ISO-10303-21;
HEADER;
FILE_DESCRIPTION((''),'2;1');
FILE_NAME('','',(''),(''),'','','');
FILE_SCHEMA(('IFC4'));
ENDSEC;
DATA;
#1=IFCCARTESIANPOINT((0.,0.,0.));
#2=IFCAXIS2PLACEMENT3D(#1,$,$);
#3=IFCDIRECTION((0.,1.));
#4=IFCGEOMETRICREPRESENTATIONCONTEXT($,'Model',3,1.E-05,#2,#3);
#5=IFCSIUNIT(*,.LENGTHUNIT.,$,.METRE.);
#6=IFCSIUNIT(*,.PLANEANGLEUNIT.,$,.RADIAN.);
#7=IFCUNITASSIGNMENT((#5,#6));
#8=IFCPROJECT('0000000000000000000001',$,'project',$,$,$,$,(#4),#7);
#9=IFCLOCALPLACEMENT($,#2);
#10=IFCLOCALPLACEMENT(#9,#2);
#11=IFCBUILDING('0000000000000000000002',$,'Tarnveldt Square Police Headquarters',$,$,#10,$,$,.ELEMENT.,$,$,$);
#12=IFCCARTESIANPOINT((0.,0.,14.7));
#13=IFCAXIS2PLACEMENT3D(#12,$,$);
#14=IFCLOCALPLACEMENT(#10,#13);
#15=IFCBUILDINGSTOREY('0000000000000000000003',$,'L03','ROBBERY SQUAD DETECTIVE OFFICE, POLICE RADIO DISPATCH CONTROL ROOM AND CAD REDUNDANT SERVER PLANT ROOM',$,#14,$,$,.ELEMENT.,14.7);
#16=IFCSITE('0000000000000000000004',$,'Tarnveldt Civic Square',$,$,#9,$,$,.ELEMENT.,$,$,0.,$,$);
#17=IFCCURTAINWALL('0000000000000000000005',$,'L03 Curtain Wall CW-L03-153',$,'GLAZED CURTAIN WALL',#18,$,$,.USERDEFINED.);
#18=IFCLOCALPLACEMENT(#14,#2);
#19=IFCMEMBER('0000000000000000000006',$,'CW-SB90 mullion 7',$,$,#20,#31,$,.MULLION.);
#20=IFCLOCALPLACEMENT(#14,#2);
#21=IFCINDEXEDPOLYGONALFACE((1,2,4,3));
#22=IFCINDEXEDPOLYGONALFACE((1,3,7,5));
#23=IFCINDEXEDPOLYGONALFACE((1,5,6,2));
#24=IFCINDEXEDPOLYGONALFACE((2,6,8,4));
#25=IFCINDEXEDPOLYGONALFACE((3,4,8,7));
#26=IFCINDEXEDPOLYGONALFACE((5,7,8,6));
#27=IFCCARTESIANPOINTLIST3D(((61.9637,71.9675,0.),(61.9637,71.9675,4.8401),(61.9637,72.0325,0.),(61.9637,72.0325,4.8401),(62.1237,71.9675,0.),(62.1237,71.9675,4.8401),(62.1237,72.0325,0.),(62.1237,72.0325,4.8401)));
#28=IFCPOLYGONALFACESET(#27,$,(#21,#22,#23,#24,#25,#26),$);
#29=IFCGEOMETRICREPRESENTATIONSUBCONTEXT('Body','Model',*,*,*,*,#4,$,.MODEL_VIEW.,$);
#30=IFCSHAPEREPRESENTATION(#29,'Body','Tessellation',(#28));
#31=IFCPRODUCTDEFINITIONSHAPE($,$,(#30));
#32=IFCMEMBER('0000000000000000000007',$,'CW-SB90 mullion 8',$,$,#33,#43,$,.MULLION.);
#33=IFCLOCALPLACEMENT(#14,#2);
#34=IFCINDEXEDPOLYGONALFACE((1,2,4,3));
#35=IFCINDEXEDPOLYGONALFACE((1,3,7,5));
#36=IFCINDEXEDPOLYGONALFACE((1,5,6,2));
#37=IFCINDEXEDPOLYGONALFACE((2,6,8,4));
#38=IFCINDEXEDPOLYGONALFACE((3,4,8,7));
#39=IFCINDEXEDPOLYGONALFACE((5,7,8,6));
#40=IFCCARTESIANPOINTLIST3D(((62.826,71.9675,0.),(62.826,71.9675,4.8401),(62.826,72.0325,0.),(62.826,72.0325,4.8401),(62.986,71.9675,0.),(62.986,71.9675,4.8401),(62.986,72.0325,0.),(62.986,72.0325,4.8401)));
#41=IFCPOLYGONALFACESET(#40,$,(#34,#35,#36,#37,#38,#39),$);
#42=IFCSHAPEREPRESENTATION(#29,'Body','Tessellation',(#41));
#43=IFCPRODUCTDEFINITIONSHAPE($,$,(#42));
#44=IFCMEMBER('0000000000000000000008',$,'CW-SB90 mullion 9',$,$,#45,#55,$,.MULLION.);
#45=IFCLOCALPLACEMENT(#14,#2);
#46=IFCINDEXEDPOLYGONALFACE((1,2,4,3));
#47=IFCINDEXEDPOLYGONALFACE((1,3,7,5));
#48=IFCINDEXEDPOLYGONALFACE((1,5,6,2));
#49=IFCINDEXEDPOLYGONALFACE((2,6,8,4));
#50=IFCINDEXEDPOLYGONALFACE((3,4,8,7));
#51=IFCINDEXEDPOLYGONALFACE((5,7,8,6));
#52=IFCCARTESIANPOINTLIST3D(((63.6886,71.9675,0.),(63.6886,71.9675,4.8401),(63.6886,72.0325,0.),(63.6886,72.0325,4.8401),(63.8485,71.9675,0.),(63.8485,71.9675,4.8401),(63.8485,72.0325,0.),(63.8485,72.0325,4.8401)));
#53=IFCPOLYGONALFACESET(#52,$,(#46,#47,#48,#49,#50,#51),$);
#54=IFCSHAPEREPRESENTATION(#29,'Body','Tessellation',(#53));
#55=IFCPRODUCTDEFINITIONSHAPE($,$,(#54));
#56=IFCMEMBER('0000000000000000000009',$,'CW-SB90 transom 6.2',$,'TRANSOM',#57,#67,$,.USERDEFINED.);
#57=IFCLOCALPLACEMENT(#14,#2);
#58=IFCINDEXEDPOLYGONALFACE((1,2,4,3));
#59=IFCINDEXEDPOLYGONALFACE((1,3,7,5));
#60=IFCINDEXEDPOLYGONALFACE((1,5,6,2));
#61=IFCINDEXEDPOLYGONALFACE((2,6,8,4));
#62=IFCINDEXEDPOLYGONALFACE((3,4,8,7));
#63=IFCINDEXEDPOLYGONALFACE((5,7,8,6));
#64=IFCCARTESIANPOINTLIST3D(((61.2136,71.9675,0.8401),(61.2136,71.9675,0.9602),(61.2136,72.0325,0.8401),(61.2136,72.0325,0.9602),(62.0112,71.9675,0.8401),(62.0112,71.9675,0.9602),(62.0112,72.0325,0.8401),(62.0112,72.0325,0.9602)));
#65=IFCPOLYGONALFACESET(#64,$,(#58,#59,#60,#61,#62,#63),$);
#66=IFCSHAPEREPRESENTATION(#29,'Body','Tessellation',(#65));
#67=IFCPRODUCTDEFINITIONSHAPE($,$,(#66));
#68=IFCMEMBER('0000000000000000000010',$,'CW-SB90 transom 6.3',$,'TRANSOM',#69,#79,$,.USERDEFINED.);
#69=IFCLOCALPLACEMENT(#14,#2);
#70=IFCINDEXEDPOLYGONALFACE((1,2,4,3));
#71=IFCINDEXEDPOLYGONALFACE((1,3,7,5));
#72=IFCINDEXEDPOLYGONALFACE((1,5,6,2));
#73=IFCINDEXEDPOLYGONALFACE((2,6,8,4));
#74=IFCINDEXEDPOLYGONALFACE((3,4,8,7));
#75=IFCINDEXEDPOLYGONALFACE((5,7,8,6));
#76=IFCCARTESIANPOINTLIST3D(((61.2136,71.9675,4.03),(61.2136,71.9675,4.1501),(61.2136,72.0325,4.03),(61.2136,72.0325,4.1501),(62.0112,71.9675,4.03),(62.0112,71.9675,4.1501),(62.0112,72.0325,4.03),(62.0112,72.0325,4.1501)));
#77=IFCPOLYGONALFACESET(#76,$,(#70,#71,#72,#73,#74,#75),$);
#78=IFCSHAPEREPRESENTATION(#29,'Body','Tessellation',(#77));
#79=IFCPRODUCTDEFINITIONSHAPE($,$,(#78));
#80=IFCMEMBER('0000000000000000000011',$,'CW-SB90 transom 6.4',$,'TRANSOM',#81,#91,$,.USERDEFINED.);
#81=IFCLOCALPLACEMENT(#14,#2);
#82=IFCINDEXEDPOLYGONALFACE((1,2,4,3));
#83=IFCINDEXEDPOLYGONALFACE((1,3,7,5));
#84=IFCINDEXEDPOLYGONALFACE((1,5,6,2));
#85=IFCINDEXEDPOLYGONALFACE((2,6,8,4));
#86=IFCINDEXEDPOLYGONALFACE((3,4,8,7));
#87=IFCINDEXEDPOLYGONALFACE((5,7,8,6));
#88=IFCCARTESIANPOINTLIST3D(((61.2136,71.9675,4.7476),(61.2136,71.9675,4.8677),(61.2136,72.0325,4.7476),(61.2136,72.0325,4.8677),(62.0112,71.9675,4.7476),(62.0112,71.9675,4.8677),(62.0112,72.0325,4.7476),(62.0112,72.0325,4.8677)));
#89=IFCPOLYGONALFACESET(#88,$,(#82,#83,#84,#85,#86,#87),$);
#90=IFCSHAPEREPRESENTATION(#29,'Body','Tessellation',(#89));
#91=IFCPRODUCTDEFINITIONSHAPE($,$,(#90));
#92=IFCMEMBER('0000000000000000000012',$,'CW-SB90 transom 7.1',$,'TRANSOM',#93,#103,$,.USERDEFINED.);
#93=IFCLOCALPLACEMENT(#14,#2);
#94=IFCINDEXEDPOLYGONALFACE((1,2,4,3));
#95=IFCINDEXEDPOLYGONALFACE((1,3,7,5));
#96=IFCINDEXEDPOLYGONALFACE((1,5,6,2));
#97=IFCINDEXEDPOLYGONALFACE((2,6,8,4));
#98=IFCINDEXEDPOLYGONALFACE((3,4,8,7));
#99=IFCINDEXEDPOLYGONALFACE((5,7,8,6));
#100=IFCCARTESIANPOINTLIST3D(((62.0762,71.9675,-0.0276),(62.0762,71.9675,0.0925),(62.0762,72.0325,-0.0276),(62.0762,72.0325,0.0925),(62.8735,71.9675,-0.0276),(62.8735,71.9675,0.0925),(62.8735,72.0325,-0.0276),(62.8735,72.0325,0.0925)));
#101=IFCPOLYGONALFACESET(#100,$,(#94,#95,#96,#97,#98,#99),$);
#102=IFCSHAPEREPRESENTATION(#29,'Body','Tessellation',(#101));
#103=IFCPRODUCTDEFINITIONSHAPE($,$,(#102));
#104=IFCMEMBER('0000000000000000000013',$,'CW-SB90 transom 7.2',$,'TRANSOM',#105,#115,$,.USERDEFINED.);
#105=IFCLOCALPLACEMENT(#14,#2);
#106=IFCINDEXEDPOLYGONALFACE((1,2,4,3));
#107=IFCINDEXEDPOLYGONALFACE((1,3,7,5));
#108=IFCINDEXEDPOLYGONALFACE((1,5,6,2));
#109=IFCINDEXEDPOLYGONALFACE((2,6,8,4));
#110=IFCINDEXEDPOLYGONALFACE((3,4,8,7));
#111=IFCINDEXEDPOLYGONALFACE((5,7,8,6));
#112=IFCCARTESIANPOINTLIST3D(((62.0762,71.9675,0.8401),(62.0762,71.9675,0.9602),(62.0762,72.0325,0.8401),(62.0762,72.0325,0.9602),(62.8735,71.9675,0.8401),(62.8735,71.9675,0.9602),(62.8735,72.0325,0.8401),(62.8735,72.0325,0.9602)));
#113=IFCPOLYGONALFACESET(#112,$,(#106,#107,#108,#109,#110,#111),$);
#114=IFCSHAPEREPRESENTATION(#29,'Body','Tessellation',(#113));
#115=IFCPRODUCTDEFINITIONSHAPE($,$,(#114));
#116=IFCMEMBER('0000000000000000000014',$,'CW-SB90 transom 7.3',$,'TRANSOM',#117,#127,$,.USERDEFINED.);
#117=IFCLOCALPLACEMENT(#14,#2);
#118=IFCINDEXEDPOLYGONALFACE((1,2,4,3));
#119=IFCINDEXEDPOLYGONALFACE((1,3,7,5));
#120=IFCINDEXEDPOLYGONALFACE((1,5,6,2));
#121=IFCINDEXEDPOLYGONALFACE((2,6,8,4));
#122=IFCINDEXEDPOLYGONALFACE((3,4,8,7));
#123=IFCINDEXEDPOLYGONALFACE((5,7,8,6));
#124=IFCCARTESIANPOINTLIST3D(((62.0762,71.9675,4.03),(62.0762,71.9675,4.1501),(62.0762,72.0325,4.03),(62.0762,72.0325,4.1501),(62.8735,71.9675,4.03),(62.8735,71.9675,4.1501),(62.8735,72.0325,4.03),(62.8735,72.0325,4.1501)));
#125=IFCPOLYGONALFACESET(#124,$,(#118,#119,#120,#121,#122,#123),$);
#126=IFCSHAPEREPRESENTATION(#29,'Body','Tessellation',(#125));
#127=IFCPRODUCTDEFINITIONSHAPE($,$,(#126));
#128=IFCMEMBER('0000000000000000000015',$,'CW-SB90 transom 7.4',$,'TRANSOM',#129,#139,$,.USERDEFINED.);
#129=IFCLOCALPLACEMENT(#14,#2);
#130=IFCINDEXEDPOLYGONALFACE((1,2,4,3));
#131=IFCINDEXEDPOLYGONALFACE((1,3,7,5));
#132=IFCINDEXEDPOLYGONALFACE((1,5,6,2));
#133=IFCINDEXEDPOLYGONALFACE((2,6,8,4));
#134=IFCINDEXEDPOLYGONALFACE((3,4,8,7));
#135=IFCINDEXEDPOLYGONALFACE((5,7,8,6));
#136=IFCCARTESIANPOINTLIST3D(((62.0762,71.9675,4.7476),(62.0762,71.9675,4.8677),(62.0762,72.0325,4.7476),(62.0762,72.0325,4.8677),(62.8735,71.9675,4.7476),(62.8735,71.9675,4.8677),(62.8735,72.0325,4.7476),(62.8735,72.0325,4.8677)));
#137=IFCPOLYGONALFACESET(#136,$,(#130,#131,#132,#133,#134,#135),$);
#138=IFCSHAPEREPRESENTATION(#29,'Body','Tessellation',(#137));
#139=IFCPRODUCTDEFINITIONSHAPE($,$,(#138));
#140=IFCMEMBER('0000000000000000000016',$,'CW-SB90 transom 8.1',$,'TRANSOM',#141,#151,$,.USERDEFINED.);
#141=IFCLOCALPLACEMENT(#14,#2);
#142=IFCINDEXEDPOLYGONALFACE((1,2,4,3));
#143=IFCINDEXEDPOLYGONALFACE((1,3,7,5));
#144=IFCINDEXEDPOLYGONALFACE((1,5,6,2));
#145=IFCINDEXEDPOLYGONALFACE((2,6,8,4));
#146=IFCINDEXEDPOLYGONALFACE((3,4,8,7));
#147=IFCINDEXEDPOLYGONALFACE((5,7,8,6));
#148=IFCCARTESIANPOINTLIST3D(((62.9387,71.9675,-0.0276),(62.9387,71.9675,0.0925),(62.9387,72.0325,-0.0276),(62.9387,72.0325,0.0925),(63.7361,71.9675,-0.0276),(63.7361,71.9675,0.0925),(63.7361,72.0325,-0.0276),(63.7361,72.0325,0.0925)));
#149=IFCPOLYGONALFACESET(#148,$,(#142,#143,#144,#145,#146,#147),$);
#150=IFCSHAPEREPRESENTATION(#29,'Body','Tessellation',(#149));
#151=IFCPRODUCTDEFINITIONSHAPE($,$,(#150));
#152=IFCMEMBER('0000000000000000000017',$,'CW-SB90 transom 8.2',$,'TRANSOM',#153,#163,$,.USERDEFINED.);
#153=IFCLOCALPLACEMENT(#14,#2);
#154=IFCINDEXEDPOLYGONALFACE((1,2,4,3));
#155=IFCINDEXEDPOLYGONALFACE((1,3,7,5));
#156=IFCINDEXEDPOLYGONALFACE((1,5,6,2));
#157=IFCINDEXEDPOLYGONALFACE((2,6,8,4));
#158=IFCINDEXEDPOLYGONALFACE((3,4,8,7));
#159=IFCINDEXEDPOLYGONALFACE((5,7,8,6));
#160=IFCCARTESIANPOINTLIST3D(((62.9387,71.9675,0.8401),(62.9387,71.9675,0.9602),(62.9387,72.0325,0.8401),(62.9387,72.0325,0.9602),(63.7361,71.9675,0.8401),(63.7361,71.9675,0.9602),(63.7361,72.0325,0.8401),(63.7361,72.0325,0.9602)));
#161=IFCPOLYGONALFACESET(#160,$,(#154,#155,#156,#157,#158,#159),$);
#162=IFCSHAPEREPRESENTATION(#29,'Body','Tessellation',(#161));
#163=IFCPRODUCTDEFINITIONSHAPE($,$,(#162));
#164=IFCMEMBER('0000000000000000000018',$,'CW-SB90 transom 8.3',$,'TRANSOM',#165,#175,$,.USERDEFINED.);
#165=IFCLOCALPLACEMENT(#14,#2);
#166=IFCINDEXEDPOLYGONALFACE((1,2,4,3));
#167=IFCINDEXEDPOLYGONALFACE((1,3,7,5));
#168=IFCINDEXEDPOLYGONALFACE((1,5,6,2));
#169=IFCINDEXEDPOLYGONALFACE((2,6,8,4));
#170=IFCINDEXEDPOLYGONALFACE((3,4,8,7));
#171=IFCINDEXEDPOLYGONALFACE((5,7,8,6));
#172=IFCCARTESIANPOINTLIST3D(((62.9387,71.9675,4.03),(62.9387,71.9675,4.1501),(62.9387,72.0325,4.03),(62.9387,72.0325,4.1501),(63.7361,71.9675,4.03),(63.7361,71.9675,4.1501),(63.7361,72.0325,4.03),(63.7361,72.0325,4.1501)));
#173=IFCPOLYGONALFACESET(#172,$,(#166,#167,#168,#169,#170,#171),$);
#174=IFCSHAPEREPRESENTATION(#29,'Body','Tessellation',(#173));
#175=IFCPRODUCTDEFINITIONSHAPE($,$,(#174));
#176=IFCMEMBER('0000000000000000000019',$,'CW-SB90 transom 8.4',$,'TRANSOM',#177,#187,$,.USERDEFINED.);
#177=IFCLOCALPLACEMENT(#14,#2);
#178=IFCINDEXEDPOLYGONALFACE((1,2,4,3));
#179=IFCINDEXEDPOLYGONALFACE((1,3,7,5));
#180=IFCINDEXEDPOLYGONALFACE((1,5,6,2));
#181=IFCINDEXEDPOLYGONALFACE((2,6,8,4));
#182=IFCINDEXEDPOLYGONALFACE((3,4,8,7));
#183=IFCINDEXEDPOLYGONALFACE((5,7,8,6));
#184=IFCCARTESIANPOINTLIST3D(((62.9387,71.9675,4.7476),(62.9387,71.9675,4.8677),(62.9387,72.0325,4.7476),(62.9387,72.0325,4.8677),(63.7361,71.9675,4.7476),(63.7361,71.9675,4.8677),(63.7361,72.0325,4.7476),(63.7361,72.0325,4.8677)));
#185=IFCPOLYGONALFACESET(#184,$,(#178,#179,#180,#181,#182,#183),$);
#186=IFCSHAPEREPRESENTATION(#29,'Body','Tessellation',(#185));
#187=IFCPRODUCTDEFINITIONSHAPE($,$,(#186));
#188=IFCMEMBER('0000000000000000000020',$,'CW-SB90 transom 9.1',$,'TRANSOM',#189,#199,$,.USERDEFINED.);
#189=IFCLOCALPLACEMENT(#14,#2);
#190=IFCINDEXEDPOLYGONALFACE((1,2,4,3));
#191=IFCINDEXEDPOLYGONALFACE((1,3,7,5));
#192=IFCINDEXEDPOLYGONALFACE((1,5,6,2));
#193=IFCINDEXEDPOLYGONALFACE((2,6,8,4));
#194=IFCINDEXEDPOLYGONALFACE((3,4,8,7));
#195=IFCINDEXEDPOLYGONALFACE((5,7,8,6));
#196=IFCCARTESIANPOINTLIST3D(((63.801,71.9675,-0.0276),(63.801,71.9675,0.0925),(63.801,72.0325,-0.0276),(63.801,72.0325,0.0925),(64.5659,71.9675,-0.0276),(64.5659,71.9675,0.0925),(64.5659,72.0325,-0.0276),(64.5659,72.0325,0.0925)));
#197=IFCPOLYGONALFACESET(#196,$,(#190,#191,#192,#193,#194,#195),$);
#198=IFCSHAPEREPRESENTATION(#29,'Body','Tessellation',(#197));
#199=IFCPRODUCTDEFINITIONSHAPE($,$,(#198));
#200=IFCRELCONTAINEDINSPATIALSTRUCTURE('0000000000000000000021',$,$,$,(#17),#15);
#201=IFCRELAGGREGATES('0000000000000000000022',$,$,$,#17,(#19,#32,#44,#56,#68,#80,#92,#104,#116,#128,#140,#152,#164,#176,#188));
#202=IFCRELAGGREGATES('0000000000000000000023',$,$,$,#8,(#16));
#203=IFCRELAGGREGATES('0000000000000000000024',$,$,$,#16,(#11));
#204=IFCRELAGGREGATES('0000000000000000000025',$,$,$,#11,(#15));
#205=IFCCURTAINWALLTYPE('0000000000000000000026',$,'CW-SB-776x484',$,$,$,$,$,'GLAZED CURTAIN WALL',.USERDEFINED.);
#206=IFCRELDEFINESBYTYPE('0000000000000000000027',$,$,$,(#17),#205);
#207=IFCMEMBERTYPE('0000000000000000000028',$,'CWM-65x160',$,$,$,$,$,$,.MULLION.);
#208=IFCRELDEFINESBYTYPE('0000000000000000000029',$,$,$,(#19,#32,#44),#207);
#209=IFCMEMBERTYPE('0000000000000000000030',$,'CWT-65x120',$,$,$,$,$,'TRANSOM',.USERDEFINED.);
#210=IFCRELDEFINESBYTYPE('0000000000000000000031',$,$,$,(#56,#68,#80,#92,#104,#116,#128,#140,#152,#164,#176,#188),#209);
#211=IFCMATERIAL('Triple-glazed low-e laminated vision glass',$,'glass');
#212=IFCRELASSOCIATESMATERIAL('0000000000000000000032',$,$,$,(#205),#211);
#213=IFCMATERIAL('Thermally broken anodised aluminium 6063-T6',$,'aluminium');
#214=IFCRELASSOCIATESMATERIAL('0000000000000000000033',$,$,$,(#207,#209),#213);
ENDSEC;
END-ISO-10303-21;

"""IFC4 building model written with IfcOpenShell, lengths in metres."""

from ifc_helpers import new_model, si_unit, direction, frame, origin, origin_2d, place, context, subcontext, project, spatial, rectangle, extrude, material, material_profile, profile_set, type_object, element, aggregate, save


model = new_model("IFC4")

# Units and contexts
model_context = context("Model", 3, precision=1e-05, world=origin(), true_north=direction((0.0, 1.0)))
body_context = subcontext(model_context, "Body", "Model", "MODEL_VIEW")
ifc_project = project(units=[si_unit("LENGTHUNIT", "METRE"), si_unit("PLANEANGLEUNIT", "RADIAN")], contexts=[model_context])

# Site, building, storey
site_placement = place(None, origin())
site = spatial("IfcSite", under=ifc_project, at=site_placement, Name="Tarnveldt Civic Square", CompositionType="ELEMENT", RefElevation=0.0)
building_placement = place(site_placement, origin())
building = spatial("IfcBuilding", under=site, at=building_placement, Name="Tarnveldt Square Police Headquarters", CompositionType="ELEMENT")
storey_placement = place(building_placement, frame((0.0, 0.0, 14.7)))
storey = spatial("IfcBuildingStorey", under=building, at=storey_placement, Name="L03", Description="ROBBERY SQUAD DETECTIVE OFFICE, POLICE RADIO DISPATCH CONTROL ROOM AND CAD REDUNDANT SERVER PLANT ROOM", CompositionType="ELEMENT", Elevation=14.7)

# Curtain wall, members
ifc_material_1 = material(Name="Triple-glazed low-e laminated vision glass", Category="glass")
curtain_wall_type = type_object("IfcCurtainWallType", Name="CW-SB-776x484", ElementType="GLAZED CURTAIN WALL", PredefinedType="USERDEFINED", material=ifc_material_1)
curtain_wall_placement = place(storey_placement, origin())
curtain_wall = element("IfcCurtainWall", 1, at=curtain_wall_placement, inside=storey, type_object=curtain_wall_type, Name="L03 Curtain Wall CW-L03-153", ObjectType="GLAZED CURTAIN WALL", PredefinedType="USERDEFINED")
ifc_material_2 = material(Name="Thermally broken anodised aluminium 6063-T6", Category="aluminium")
ifc_material_profile_1 = material_profile(ifc_material_2, rectangle(XDim=0.0649, YDim=0.1599, at=origin_2d()), Name="CW-M65x160")
ifc_profile_set_1 = profile_set([ifc_material_profile_1], Name="Thermally broken anodised aluminium 6063-T6")
member_type_1 = type_object("IfcMemberType", Name="CWM-65x160", PredefinedType="MULLION", material=ifc_profile_set_1)
member_1_placement = place(storey_placement, frame((62.0437, 72.0, 0.0), z_axis=(0.0, 0.0, 1.0), x_axis=(0.0, 1.0, 0.0)))
member_1 = element("IfcMember", 2, at=member_1_placement, type_object=member_type_1, Name="CW-SB90 mullion 7", PredefinedType="MULLION", context=body_context, shape_type="SweptSolid", body=[
    extrude(rectangle(XDim=0.0649, YDim=0.1599, at=origin_2d()), origin(), (0.0, 0.0, 1.0), 4.8401),
])
member_2_placement = place(storey_placement, frame((62.906, 72.0, 0.0), z_axis=(0.0, 0.0, 1.0), x_axis=(0.0, 1.0, 0.0)))
member_2 = element("IfcMember", 3, at=member_2_placement, type_object=member_type_1, Name="CW-SB90 mullion 8", PredefinedType="MULLION", context=body_context, shape_type="SweptSolid", body=[
    extrude(rectangle(XDim=0.0649, YDim=0.1599, at=origin_2d()), origin(), (0.0, 0.0, 1.0), 4.8401),
])
member_3_placement = place(storey_placement, frame((63.7686, 72.0, 0.0), z_axis=(0.0, 0.0, 1.0), x_axis=(0.0, 1.0, 0.0)))
member_3 = element("IfcMember", 4, at=member_3_placement, type_object=member_type_1, Name="CW-SB90 mullion 9", PredefinedType="MULLION", context=body_context, shape_type="SweptSolid", body=[
    extrude(rectangle(XDim=0.0649, YDim=0.1599, at=origin_2d()), origin(), (0.0, 0.0, 1.0), 4.8401),
])
ifc_material_profile_2 = material_profile(ifc_material_2, rectangle(XDim=0.0649, YDim=0.1201, at=origin_2d()), Name="CW-T65x120")
ifc_profile_set_2 = profile_set([ifc_material_profile_2], Name="Thermally broken anodised aluminium 6063-T6")
member_type_2 = type_object("IfcMemberType", Name="CWT-65x120", ElementType="TRANSOM", PredefinedType="USERDEFINED", material=ifc_profile_set_2)
member_4_placement = place(storey_placement, frame((61.2136, 72.0, 0.9001), z_axis=(1.0, 0.0, 0.0), x_axis=(0.0, 1.0, 0.0)))
member_4 = element("IfcMember", 5, at=member_4_placement, type_object=member_type_2, Name="CW-SB90 transom 6.2", ObjectType="TRANSOM", PredefinedType="USERDEFINED", context=body_context, shape_type="SweptSolid", body=[
    extrude(rectangle(XDim=0.0649, YDim=0.1201, at=origin_2d()), origin(), (0.0, 0.0, 1.0), 0.7976),
])
member_5_placement = place(storey_placement, frame((61.2136, 72.0, 4.0901), z_axis=(1.0, 0.0, 0.0), x_axis=(0.0, 1.0, 0.0)))
member_5 = element("IfcMember", 6, at=member_5_placement, type_object=member_type_2, Name="CW-SB90 transom 6.3", ObjectType="TRANSOM", PredefinedType="USERDEFINED", context=body_context, shape_type="SweptSolid", body=[
    extrude(rectangle(XDim=0.0649, YDim=0.1201, at=origin_2d()), origin(), (0.0, 0.0, 1.0), 0.7976),
])
member_6_placement = place(storey_placement, frame((61.2136, 72.0, 4.8076), z_axis=(1.0, 0.0, 0.0), x_axis=(0.0, 1.0, 0.0)))
member_6 = element("IfcMember", 7, at=member_6_placement, type_object=member_type_2, Name="CW-SB90 transom 6.4", ObjectType="TRANSOM", PredefinedType="USERDEFINED", context=body_context, shape_type="SweptSolid", body=[
    extrude(rectangle(XDim=0.0649, YDim=0.1201, at=origin_2d()), origin(), (0.0, 0.0, 1.0), 0.7976),
])
member_7_placement = place(storey_placement, frame((62.0762, 72.0, 0.0325), z_axis=(1.0, 0.0, 0.0), x_axis=(0.0, 1.0, 0.0)))
member_7 = element("IfcMember", 8, at=member_7_placement, type_object=member_type_2, Name="CW-SB90 transom 7.1", ObjectType="TRANSOM", PredefinedType="USERDEFINED", context=body_context, shape_type="SweptSolid", body=[
    extrude(rectangle(XDim=0.0649, YDim=0.1201, at=origin_2d()), origin(), (0.0, 0.0, 1.0), 0.7974),
])
member_8_placement = place(storey_placement, frame((62.0762, 72.0, 0.9001), z_axis=(1.0, 0.0, 0.0), x_axis=(0.0, 1.0, 0.0)))
member_8 = element("IfcMember", 9, at=member_8_placement, type_object=member_type_2, Name="CW-SB90 transom 7.2", ObjectType="TRANSOM", PredefinedType="USERDEFINED", context=body_context, shape_type="SweptSolid", body=[
    extrude(rectangle(XDim=0.0649, YDim=0.1201, at=origin_2d()), origin(), (0.0, 0.0, 1.0), 0.7974),
])
member_9_placement = place(storey_placement, frame((62.0762, 72.0, 4.0901), z_axis=(1.0, 0.0, 0.0), x_axis=(0.0, 1.0, 0.0)))
member_9 = element("IfcMember", 10, at=member_9_placement, type_object=member_type_2, Name="CW-SB90 transom 7.3", ObjectType="TRANSOM", PredefinedType="USERDEFINED", context=body_context, shape_type="SweptSolid", body=[
    extrude(rectangle(XDim=0.0649, YDim=0.1201, at=origin_2d()), origin(), (0.0, 0.0, 1.0), 0.7974),
])
member_10_placement = place(storey_placement, frame((62.0762, 72.0, 4.8076), z_axis=(1.0, 0.0, 0.0), x_axis=(0.0, 1.0, 0.0)))
member_10 = element("IfcMember", 11, at=member_10_placement, type_object=member_type_2, Name="CW-SB90 transom 7.4", ObjectType="TRANSOM", PredefinedType="USERDEFINED", context=body_context, shape_type="SweptSolid", body=[
    extrude(rectangle(XDim=0.0649, YDim=0.1201, at=origin_2d()), origin(), (0.0, 0.0, 1.0), 0.7974),
])
member_11_placement = place(storey_placement, frame((62.9387, 72.0, 0.0325), z_axis=(1.0, 0.0, 0.0), x_axis=(0.0, 1.0, 0.0)))
member_11 = element("IfcMember", 12, at=member_11_placement, type_object=member_type_2, Name="CW-SB90 transom 8.1", ObjectType="TRANSOM", PredefinedType="USERDEFINED", context=body_context, shape_type="SweptSolid", body=[
    extrude(rectangle(XDim=0.0649, YDim=0.1201, at=origin_2d()), origin(), (0.0, 0.0, 1.0), 0.7974),
])
member_12_placement = place(storey_placement, frame((62.9387, 72.0, 0.9001), z_axis=(1.0, 0.0, 0.0), x_axis=(0.0, 1.0, 0.0)))
member_12 = element("IfcMember", 13, at=member_12_placement, type_object=member_type_2, Name="CW-SB90 transom 8.2", ObjectType="TRANSOM", PredefinedType="USERDEFINED", context=body_context, shape_type="SweptSolid", body=[
    extrude(rectangle(XDim=0.0649, YDim=0.1201, at=origin_2d()), origin(), (0.0, 0.0, 1.0), 0.7974),
])
member_13_placement = place(storey_placement, frame((62.9387, 72.0, 4.0901), z_axis=(1.0, 0.0, 0.0), x_axis=(0.0, 1.0, 0.0)))
member_13 = element("IfcMember", 14, at=member_13_placement, type_object=member_type_2, Name="CW-SB90 transom 8.3", ObjectType="TRANSOM", PredefinedType="USERDEFINED", context=body_context, shape_type="SweptSolid", body=[
    extrude(rectangle(XDim=0.0649, YDim=0.1201, at=origin_2d()), origin(), (0.0, 0.0, 1.0), 0.7974),
])
member_14_placement = place(storey_placement, frame((62.9387, 72.0, 4.8076), z_axis=(1.0, 0.0, 0.0), x_axis=(0.0, 1.0, 0.0)))
member_14 = element("IfcMember", 15, at=member_14_placement, type_object=member_type_2, Name="CW-SB90 transom 8.4", ObjectType="TRANSOM", PredefinedType="USERDEFINED", context=body_context, shape_type="SweptSolid", body=[
    extrude(rectangle(XDim=0.0649, YDim=0.1201, at=origin_2d()), origin(), (0.0, 0.0, 1.0), 0.7974),
])
member_15_placement = place(storey_placement, frame((63.801, 72.0, 0.0325), z_axis=(1.0, 0.0, 0.0), x_axis=(0.0, 1.0, 0.0)))
member_15 = element("IfcMember", 16, at=member_15_placement, type_object=member_type_2, Name="CW-SB90 transom 9.1", ObjectType="TRANSOM", PredefinedType="USERDEFINED", context=body_context, shape_type="SweptSolid", body=[
    extrude(rectangle(XDim=0.0649, YDim=0.1201, at=origin_2d()), origin(), (0.0, 0.0, 1.0), 0.7649),
])
aggregate(curtain_wall, [member_1, member_2, member_3, member_4, member_5, member_6, member_7, member_8, member_9, member_10, member_11, member_12, member_13, member_14, member_15])

save(model, "model.ifc")
